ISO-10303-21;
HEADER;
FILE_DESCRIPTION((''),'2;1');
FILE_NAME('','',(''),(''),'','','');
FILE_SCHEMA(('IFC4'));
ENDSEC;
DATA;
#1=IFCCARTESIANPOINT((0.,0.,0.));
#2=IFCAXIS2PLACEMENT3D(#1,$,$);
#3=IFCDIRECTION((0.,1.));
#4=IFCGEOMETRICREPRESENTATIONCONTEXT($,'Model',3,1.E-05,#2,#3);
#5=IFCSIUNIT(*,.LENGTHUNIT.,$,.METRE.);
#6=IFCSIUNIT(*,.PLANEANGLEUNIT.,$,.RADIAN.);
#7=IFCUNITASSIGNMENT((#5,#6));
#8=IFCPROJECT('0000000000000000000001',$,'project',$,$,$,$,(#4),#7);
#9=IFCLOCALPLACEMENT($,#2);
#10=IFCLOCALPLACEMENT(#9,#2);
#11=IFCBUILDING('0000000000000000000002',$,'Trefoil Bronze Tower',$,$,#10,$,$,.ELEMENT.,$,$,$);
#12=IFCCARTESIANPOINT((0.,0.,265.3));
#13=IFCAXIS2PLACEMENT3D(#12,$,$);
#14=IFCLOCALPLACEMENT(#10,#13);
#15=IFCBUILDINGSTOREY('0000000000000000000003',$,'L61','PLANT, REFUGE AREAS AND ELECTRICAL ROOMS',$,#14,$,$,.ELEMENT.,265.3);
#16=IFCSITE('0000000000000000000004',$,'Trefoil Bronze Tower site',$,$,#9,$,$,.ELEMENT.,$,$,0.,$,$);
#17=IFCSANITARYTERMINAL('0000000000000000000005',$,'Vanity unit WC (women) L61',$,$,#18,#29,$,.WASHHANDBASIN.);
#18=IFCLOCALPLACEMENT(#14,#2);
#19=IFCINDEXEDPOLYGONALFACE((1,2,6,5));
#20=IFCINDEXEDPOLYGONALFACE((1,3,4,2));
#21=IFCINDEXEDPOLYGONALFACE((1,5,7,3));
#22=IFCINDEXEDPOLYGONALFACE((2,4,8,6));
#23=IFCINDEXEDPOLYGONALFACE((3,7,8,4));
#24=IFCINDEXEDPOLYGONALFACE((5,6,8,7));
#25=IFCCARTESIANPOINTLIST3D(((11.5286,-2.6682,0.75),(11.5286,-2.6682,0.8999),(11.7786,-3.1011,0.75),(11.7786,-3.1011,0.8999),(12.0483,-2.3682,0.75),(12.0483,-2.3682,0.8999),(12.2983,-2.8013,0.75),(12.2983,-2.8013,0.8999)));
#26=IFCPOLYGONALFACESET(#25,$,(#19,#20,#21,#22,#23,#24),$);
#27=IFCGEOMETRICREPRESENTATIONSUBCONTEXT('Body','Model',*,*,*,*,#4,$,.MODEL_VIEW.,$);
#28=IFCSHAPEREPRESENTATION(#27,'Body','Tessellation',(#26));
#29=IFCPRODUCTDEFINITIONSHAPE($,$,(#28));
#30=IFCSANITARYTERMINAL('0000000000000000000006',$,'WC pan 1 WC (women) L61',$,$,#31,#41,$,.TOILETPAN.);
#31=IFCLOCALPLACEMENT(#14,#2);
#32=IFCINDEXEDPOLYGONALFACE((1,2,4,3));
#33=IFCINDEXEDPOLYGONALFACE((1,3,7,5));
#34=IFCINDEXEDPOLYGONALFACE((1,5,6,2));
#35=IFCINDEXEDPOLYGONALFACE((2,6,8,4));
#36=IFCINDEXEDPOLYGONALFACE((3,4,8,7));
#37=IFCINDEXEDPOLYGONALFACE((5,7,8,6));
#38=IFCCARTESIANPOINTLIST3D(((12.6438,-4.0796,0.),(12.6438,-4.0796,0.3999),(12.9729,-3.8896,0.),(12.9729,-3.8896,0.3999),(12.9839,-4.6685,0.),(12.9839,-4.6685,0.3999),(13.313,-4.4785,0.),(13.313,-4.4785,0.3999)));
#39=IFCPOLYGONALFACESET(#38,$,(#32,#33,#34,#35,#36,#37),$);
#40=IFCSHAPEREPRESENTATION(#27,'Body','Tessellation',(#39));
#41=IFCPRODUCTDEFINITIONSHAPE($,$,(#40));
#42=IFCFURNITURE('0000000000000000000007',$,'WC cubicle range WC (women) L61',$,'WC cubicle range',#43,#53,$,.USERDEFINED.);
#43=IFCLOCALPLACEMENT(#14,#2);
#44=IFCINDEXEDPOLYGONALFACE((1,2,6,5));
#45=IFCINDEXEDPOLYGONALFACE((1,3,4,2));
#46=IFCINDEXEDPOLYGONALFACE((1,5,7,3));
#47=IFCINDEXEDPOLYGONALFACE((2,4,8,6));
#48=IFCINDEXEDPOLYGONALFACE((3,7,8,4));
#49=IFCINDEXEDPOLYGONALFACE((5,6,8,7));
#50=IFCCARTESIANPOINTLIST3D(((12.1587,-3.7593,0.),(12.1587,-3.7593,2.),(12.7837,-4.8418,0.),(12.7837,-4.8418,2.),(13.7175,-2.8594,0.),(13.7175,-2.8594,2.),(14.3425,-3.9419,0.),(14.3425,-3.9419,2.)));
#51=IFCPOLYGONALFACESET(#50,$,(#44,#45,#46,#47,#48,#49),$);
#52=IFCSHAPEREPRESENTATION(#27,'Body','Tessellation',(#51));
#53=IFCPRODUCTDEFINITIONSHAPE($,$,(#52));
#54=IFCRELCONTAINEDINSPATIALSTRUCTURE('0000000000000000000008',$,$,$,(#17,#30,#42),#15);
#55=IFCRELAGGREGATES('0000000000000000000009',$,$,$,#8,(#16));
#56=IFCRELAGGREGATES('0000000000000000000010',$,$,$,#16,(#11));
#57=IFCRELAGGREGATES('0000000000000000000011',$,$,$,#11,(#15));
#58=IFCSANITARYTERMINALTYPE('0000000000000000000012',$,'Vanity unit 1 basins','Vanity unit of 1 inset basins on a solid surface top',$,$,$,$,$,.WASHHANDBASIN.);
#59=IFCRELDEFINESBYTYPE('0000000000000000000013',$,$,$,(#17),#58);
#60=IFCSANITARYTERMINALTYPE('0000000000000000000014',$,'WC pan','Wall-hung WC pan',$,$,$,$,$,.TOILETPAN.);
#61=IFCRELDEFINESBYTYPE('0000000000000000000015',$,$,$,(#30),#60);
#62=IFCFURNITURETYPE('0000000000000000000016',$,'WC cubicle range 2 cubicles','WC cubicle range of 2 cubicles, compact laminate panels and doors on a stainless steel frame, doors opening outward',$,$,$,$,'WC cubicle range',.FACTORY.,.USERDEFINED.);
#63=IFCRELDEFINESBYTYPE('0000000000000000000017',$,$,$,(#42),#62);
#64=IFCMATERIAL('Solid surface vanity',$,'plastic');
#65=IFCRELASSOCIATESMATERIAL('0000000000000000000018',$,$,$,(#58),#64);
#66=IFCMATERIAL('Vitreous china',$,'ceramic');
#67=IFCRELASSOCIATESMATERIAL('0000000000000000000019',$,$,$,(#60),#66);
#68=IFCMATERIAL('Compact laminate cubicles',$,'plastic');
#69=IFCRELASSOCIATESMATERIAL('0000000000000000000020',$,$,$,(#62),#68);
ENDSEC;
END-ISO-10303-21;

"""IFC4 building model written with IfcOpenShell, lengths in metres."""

from ifc_helpers import new_model, si_unit, direction, frame, origin, place, context, subcontext, project, spatial, polyline, outline, extrude, material, type_object, element, save


model = new_model("IFC4")

# Units and contexts
model_context = context("Model", 3, precision=1e-05, world=origin(), true_north=direction((0.0, 1.0)))
body_context = subcontext(model_context, "Body", "Model", "MODEL_VIEW")
ifc_project = project(units=[si_unit("LENGTHUNIT", "METRE"), si_unit("PLANEANGLEUNIT", "RADIAN")], contexts=[model_context])

# Site, building, storey
site_placement = place(None, origin())
site = spatial("IfcSite", under=ifc_project, at=site_placement, Name="Trefoil Bronze Tower site", CompositionType="ELEMENT", RefElevation=0.0)
building_placement = place(site_placement, origin())
building = spatial("IfcBuilding", under=site, at=building_placement, Name="Trefoil Bronze Tower", CompositionType="ELEMENT")
storey_placement = place(building_placement, frame((0.0, 0.0, 265.3)))
storey = spatial("IfcBuildingStorey", under=building, at=storey_placement, Name="L61", Description="PLANT, REFUGE AREAS AND ELECTRICAL ROOMS", CompositionType="ELEMENT", Elevation=265.3)

# Sanitary terminals
ifc_material_1 = material(Name="Solid surface vanity", Category="plastic")
sanitary_terminal_type_1 = type_object("IfcSanitaryTerminalType", Name="Vanity unit 1 basins", Description="Vanity unit of 1 inset basins on a solid surface top", PredefinedType="WASHHANDBASIN", material=ifc_material_1)
sanitary_terminal_1_placement = place(storey_placement, frame((0.0, 0.0, 0.75)))
element("IfcSanitaryTerminal", 1, at=sanitary_terminal_1_placement, inside=storey, type_object=sanitary_terminal_type_1, Name="Vanity unit WC (women) L61", PredefinedType="WASHHANDBASIN", context=body_context, shape_type="SweptSolid", body=[
    extrude(outline(polyline([(11.5286, -2.6682), (11.7786, -3.1011), (12.2983, -2.8013), (12.0483, -2.3682), (11.5286, -2.6682)])), origin(), (0.0, 0.0, 1.0), 0.1499),
])
ifc_material_2 = material(Name="Vitreous china", Category="ceramic")
sanitary_terminal_type_2 = type_object("IfcSanitaryTerminalType", Name="WC pan", Description="Wall-hung WC pan", PredefinedType="TOILETPAN", material=ifc_material_2)
sanitary_terminal_2_placement = place(storey_placement, origin())
element("IfcSanitaryTerminal", 2, at=sanitary_terminal_2_placement, inside=storey, type_object=sanitary_terminal_type_2, Name="WC pan 1 WC (women) L61", PredefinedType="TOILETPAN", context=body_context, shape_type="SweptSolid", body=[
    extrude(outline(polyline([(12.6438, -4.0796), (12.9839, -4.6685), (13.313, -4.4785), (12.9729, -3.8896), (12.6438, -4.0796)])), origin(), (0.0, 0.0, 1.0), 0.3999),
])

# Furniture
ifc_material_3 = material(Name="Compact laminate cubicles", Category="plastic")
furniture_type = type_object("IfcFurnitureType", Name="WC cubicle range 2 cubicles", Description="WC cubicle range of 2 cubicles, compact laminate panels and doors on a stainless steel frame, doors opening outward", ElementType="WC cubicle range", AssemblyPlace="FACTORY", PredefinedType="USERDEFINED", material=ifc_material_3)
furniture_placement = place(storey_placement, origin())
element("IfcFurniture", 3, at=furniture_placement, inside=storey, type_object=furniture_type, Name="WC cubicle range WC (women) L61", ObjectType="WC cubicle range", PredefinedType="USERDEFINED", context=body_context, shape_type="SweptSolid", body=[
    extrude(outline(polyline([(12.1587, -3.7593), (12.7837, -4.8418), (14.3425, -3.9419), (13.7175, -2.8594), (12.1587, -3.7593)])), origin(), (0.0, 0.0, 1.0), 2.0),
])

save(model, "model.ifc")
